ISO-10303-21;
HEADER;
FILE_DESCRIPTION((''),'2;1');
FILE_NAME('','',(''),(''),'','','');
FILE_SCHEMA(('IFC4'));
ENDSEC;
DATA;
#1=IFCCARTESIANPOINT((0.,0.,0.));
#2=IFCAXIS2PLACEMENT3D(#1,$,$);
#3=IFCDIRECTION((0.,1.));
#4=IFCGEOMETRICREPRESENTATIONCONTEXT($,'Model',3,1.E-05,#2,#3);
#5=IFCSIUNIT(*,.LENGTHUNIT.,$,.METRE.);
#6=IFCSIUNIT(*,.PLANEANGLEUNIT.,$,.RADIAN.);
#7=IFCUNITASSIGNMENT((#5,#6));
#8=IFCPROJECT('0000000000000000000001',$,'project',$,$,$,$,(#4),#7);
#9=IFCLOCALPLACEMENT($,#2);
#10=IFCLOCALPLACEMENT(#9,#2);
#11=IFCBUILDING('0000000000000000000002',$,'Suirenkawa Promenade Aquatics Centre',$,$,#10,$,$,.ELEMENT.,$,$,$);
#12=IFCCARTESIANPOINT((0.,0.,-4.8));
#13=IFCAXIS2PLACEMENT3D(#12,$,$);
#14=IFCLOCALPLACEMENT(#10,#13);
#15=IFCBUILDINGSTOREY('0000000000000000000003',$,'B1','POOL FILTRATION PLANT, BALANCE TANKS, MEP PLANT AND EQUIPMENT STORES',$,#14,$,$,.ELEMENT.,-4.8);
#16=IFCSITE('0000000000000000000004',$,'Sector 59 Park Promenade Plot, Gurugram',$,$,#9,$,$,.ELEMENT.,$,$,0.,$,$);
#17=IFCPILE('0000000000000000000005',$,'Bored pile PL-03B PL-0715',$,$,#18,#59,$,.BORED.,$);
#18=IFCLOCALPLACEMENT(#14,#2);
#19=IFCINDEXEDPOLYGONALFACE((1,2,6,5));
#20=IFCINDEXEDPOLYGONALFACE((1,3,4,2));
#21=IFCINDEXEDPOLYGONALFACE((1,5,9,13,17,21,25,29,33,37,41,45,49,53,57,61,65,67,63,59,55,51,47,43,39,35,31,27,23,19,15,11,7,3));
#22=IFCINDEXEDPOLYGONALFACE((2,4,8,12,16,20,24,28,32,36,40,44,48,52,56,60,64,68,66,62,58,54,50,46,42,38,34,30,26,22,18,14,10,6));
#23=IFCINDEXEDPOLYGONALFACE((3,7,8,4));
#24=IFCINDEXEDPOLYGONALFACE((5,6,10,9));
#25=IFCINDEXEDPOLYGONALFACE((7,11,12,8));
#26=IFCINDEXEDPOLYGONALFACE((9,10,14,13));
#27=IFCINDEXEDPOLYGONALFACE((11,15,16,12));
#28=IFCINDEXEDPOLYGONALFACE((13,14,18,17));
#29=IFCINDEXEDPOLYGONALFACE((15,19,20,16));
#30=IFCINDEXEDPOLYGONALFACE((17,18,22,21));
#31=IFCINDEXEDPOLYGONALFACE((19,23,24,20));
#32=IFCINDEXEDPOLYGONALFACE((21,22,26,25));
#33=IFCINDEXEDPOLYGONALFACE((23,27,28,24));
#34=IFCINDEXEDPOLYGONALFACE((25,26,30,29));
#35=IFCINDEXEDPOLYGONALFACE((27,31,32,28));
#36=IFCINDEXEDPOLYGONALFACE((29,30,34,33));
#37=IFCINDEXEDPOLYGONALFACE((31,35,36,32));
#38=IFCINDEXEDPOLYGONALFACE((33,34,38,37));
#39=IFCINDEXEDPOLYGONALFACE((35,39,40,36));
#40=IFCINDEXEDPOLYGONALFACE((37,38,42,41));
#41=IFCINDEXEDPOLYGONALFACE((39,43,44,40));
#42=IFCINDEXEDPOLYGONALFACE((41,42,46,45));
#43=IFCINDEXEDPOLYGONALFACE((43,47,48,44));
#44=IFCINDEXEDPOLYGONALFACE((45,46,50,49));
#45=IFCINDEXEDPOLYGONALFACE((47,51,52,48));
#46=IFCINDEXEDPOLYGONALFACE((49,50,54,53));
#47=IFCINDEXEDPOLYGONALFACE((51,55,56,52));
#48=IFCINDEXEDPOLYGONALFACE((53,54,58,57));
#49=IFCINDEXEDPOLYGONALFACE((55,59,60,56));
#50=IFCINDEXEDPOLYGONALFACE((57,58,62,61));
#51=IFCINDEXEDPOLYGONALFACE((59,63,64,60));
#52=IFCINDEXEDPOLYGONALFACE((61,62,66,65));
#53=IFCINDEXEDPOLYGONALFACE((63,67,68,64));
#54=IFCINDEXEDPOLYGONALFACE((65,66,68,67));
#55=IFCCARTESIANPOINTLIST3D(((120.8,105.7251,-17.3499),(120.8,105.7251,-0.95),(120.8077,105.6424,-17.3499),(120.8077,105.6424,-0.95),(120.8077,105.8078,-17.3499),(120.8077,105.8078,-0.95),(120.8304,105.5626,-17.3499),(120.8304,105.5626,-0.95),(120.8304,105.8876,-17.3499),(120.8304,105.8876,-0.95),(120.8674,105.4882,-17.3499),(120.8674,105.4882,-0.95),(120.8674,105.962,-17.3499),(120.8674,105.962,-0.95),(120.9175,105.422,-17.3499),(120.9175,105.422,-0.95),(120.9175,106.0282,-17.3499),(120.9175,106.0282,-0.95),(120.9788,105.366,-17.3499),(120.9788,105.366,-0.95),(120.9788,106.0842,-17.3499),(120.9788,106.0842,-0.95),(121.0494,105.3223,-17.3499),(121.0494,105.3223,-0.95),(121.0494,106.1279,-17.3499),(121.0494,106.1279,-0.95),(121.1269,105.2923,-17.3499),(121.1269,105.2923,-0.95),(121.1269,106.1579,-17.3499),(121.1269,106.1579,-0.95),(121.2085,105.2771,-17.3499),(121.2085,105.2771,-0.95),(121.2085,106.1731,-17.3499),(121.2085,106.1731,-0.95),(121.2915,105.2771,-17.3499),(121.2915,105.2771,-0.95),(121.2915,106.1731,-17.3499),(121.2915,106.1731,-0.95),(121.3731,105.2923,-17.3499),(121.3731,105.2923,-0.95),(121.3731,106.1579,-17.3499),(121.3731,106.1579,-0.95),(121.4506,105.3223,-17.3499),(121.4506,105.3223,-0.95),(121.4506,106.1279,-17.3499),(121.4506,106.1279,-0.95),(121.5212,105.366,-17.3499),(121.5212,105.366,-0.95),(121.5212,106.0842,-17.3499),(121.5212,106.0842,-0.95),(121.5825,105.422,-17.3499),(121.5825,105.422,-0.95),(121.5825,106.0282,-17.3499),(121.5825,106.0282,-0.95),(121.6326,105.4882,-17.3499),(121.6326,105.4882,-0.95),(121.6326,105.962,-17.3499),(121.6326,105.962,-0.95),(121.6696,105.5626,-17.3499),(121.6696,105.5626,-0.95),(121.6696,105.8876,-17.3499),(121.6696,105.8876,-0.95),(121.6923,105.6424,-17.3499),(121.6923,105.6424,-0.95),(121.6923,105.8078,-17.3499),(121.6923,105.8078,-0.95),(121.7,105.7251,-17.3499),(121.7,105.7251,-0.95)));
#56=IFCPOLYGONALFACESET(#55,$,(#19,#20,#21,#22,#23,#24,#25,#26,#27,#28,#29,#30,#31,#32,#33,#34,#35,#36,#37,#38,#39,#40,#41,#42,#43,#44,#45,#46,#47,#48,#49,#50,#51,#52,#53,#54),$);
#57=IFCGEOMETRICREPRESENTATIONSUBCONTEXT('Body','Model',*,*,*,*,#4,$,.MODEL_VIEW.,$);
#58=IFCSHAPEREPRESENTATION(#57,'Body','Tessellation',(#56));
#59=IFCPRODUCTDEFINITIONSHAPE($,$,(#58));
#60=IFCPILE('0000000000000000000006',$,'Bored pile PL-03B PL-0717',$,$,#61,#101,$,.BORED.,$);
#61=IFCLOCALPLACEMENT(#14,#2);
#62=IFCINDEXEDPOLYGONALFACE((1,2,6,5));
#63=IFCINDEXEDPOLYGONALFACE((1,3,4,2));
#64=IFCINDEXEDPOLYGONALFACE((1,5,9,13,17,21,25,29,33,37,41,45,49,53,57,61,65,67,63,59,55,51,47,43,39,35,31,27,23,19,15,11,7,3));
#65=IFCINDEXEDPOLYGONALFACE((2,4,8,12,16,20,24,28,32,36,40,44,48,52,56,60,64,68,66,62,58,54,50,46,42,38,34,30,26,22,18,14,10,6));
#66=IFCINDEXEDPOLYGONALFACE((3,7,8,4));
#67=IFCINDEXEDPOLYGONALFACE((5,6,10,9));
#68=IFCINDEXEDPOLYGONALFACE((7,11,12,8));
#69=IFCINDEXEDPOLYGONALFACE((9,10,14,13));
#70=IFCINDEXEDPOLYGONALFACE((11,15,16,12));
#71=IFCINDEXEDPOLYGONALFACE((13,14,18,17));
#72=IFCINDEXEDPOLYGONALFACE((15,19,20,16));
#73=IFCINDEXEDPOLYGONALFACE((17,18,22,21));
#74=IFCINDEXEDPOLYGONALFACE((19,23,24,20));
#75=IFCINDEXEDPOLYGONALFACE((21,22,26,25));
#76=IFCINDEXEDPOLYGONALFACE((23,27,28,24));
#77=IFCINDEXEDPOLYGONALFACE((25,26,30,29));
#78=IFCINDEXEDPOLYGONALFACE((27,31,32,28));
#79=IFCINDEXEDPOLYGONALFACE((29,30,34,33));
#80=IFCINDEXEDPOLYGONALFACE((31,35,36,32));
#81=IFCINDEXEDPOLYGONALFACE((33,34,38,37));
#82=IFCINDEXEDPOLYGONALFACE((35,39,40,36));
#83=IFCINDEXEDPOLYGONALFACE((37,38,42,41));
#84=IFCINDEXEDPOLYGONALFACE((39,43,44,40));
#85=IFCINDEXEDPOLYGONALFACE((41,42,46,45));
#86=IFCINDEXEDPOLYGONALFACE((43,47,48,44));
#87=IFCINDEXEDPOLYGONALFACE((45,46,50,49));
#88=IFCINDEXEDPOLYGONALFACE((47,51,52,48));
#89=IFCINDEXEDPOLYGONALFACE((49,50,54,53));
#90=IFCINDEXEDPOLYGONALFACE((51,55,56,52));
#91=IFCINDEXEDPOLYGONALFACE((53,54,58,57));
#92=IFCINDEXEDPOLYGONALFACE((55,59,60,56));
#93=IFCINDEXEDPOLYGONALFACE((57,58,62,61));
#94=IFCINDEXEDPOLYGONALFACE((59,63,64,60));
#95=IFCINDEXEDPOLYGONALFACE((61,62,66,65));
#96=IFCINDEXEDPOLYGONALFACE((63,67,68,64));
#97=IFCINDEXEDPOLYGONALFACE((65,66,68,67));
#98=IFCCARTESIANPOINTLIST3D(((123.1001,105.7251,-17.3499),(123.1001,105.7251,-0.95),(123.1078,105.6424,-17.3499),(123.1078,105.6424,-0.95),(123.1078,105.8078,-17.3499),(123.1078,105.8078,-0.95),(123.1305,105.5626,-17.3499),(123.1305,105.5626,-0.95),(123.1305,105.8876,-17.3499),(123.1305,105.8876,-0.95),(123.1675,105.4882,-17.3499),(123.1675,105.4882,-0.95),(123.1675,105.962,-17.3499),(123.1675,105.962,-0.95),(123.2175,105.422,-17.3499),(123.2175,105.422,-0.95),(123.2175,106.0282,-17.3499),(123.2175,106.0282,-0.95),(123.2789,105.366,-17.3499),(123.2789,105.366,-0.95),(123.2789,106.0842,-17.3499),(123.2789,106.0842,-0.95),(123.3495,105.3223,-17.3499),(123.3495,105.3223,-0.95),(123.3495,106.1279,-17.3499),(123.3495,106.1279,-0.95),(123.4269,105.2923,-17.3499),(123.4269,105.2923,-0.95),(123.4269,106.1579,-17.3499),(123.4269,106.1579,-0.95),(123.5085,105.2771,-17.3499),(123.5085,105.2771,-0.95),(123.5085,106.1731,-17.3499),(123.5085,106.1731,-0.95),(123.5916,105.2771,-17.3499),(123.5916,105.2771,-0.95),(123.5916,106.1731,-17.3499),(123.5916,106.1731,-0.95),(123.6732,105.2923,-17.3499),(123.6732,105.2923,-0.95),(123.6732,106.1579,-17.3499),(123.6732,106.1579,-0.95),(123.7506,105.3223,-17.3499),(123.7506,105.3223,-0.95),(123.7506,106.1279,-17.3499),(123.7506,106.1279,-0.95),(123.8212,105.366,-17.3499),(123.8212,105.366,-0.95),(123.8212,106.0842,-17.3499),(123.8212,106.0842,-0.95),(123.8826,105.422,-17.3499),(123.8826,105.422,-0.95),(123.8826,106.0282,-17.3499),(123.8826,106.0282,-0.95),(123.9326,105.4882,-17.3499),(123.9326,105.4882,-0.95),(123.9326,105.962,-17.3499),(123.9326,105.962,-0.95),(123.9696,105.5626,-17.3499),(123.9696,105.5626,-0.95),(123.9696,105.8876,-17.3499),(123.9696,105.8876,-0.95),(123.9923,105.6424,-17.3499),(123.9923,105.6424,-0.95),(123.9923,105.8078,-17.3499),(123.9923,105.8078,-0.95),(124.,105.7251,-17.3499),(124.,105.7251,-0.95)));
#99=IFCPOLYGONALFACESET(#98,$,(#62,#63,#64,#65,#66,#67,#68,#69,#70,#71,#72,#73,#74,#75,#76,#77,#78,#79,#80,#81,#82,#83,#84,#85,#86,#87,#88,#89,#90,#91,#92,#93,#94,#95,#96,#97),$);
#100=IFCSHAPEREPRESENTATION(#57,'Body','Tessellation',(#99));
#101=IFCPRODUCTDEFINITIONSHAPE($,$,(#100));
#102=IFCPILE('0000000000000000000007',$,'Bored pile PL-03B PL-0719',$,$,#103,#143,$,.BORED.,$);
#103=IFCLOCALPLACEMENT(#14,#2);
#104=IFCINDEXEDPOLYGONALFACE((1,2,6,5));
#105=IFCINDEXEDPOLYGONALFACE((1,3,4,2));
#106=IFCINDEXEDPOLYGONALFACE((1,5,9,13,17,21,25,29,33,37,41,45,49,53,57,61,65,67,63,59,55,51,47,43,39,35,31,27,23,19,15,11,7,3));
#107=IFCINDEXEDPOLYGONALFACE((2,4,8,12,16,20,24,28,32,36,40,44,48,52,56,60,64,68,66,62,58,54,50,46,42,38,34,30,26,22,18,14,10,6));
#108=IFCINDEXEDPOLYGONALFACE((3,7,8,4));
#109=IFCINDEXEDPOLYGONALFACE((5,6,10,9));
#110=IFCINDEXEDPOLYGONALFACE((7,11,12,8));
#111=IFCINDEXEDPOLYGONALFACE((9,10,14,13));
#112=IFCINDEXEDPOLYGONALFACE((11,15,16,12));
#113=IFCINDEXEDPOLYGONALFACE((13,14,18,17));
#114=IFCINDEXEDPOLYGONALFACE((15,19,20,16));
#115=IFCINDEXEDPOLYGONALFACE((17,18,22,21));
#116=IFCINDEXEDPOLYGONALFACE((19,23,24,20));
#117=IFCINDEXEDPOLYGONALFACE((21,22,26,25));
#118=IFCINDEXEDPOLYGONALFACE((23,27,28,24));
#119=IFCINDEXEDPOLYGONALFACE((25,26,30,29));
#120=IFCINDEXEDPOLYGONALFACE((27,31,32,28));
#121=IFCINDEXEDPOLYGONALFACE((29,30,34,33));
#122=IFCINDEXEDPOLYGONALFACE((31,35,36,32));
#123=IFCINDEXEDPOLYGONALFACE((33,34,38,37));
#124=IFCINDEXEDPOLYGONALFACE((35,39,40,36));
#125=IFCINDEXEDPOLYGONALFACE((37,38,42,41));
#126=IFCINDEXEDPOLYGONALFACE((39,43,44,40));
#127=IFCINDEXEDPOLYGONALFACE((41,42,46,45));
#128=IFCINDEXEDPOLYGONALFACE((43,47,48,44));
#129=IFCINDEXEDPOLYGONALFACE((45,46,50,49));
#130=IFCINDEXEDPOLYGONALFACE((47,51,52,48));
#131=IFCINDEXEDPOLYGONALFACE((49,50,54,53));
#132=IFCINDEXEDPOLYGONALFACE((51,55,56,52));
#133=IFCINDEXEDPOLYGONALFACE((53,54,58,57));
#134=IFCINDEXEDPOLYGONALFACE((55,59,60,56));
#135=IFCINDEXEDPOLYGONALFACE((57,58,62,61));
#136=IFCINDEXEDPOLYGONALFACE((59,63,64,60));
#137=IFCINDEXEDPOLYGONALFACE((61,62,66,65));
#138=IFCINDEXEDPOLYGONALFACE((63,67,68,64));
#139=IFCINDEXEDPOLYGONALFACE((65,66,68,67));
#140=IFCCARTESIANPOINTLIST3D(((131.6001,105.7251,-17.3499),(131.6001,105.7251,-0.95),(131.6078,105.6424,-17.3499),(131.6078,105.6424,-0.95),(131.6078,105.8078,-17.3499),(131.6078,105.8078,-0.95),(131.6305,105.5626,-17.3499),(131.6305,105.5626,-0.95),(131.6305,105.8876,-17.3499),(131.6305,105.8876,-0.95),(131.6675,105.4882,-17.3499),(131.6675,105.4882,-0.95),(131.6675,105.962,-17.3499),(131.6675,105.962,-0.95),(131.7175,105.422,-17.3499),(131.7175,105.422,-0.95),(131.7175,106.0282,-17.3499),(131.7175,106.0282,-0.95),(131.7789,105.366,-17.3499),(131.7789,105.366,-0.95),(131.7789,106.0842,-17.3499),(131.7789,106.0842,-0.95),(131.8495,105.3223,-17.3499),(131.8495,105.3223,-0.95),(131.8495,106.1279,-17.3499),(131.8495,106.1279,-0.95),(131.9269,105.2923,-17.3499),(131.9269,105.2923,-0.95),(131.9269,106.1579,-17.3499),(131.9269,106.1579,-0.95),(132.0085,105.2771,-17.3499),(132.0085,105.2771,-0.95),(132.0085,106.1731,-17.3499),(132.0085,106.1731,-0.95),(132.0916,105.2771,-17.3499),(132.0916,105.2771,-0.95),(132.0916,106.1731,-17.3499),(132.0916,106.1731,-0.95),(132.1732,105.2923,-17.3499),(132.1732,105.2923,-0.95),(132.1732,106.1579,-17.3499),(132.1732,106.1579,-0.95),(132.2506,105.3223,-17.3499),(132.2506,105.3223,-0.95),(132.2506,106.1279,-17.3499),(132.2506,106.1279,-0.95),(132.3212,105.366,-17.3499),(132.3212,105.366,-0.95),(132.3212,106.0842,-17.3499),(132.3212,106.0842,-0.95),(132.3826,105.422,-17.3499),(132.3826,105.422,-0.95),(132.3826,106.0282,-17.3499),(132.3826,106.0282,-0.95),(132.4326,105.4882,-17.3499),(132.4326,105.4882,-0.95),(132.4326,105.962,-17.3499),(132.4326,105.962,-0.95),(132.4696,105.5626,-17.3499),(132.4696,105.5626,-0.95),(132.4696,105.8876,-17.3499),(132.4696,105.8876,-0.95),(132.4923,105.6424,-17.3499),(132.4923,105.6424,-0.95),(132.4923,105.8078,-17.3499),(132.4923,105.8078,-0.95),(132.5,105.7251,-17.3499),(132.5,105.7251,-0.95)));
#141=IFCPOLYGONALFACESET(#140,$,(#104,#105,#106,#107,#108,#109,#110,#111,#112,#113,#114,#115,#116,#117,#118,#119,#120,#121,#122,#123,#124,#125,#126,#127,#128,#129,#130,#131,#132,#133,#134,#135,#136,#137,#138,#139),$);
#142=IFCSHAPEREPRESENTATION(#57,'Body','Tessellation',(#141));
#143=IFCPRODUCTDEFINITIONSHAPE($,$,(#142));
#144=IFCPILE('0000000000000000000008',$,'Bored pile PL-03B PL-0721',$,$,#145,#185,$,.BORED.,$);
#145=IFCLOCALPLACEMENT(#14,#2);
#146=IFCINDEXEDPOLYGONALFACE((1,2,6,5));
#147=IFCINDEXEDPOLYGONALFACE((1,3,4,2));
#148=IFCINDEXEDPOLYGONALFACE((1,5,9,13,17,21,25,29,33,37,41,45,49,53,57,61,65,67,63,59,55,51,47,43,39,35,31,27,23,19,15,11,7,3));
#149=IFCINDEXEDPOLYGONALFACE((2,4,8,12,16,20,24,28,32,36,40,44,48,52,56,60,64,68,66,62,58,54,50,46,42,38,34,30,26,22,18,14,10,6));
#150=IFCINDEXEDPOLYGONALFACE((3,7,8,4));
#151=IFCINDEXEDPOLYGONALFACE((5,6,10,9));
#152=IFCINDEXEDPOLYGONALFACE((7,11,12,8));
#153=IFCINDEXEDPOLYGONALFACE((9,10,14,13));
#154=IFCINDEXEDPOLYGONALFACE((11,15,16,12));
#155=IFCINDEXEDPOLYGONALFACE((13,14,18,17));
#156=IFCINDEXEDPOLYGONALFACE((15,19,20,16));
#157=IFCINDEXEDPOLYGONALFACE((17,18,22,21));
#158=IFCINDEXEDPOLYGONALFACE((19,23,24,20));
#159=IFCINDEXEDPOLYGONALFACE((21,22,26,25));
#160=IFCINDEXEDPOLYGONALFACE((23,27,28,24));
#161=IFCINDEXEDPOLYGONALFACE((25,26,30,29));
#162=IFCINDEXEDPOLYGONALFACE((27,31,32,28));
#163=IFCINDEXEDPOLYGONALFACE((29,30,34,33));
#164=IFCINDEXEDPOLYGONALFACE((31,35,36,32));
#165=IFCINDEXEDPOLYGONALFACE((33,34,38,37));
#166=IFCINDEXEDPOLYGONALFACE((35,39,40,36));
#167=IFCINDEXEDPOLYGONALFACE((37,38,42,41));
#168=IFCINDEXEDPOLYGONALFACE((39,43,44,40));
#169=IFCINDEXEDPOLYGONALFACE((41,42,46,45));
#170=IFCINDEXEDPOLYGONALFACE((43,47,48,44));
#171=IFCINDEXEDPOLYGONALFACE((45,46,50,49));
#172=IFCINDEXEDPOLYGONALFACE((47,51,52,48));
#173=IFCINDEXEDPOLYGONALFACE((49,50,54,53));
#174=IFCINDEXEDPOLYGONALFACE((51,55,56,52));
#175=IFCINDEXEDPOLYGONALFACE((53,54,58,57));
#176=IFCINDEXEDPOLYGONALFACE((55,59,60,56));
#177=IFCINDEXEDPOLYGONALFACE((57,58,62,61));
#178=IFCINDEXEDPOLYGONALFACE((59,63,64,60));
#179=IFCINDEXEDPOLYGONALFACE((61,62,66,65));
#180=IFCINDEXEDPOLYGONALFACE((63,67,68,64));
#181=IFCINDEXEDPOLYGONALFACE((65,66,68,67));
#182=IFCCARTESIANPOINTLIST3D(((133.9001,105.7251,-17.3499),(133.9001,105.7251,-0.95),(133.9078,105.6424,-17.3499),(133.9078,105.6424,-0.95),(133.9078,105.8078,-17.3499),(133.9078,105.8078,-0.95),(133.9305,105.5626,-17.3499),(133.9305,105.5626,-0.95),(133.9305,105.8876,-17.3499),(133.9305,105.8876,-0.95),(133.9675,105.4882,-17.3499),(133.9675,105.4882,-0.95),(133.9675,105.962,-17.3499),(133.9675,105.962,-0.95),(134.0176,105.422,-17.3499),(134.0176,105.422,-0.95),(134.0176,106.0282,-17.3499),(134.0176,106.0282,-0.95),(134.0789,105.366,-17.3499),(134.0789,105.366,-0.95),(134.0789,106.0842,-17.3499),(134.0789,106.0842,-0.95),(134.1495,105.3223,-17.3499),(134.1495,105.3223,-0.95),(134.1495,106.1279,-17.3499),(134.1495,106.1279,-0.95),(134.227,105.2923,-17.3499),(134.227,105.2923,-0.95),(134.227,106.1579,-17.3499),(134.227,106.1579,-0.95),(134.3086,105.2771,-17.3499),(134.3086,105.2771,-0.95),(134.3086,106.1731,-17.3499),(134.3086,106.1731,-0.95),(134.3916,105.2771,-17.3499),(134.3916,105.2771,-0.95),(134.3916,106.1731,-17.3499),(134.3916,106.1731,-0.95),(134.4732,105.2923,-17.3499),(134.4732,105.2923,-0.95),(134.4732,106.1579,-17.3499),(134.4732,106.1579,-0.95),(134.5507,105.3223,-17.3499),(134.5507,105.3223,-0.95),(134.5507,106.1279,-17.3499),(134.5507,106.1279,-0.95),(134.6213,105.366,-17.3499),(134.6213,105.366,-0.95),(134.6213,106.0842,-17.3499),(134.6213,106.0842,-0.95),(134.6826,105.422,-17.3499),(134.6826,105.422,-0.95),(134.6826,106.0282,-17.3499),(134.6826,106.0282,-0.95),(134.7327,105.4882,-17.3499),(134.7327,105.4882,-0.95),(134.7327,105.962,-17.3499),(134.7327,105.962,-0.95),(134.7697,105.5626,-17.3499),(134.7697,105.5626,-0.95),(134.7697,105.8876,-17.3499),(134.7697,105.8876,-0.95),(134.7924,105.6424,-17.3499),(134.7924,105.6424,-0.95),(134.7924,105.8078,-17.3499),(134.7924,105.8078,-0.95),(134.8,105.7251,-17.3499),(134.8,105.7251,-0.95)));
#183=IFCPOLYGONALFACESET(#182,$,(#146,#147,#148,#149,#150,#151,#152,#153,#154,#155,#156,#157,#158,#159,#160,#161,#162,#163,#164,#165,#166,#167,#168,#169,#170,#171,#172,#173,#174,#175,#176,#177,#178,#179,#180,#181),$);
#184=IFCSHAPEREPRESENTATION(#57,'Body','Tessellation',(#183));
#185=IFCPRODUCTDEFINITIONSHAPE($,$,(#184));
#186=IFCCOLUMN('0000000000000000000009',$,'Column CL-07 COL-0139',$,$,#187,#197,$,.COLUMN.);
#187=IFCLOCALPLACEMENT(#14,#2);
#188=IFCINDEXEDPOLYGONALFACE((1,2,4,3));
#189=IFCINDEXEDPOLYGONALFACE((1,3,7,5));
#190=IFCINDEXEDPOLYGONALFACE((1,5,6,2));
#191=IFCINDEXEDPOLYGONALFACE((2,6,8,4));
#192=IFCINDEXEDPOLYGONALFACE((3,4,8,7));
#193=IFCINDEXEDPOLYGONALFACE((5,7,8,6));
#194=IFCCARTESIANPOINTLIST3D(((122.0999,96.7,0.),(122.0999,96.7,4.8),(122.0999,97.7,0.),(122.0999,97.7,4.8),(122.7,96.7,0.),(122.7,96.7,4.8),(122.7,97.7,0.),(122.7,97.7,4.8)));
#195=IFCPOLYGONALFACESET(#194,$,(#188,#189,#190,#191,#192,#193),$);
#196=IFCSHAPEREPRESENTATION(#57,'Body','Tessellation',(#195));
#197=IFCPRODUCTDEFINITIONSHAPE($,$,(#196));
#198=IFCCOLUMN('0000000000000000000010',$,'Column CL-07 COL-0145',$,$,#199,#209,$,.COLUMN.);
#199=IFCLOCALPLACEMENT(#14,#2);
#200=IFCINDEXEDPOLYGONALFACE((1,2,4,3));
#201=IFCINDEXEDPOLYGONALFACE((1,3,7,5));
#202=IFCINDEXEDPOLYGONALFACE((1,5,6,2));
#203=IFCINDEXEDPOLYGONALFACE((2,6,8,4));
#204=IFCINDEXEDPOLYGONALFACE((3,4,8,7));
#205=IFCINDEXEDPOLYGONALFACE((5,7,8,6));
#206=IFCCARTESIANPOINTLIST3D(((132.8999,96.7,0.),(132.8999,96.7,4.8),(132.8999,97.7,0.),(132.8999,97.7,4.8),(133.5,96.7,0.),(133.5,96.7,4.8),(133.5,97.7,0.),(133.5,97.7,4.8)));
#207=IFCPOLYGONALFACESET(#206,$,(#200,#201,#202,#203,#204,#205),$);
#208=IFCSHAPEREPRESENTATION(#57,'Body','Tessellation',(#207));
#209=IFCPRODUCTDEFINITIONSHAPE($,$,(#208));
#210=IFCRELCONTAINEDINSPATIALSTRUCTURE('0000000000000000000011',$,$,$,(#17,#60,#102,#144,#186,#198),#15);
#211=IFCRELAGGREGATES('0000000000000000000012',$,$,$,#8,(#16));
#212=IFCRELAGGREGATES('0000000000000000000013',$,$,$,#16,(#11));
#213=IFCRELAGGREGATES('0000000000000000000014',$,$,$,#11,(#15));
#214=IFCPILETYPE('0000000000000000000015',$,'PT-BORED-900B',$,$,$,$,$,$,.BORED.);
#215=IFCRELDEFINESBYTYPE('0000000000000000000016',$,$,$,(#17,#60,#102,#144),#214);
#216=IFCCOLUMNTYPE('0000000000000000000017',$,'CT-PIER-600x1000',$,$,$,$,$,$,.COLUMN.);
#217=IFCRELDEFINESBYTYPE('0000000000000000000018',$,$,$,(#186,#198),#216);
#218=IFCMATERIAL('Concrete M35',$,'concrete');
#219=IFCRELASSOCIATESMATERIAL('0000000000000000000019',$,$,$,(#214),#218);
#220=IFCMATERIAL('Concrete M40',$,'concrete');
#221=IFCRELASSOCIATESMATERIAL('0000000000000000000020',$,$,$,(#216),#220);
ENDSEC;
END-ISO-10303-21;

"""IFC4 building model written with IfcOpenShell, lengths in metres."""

from ifc_helpers import new_model, si_unit, direction, frame, origin, origin_2d, place, context, subcontext, project, spatial, rectangle, circle, extrude, material, material_profile, profile_set, type_object, element, save


model = new_model("IFC4")

# Units and contexts
model_context = context("Model", 3, precision=1e-05, world=origin(), true_north=direction((0.0, 1.0)))
body_context = subcontext(model_context, "Body", "Model", "MODEL_VIEW")
ifc_project = project(units=[si_unit("LENGTHUNIT", "METRE"), si_unit("PLANEANGLEUNIT", "RADIAN")], contexts=[model_context])

# Site, building, storey
site_placement = place(None, origin())
site = spatial("IfcSite", under=ifc_project, at=site_placement, Name="Sector 59 Park Promenade Plot, Gurugram", CompositionType="ELEMENT", RefElevation=0.0)
building_placement = place(site_placement, origin())
building = spatial("IfcBuilding", under=site, at=building_placement, Name="Suirenkawa Promenade Aquatics Centre", CompositionType="ELEMENT")
storey_placement = place(building_placement, frame((0.0, 0.0, -4.8)))
storey = spatial("IfcBuildingStorey", under=building, at=storey_placement, Name="B1", Description="POOL FILTRATION PLANT, BALANCE TANKS, MEP PLANT AND EQUIPMENT STORES", CompositionType="ELEMENT", Elevation=-4.8)

# Shared definitions
ifc_material_1 = material(Name="Concrete M35", Category="concrete")

# Piles
ifc_material_profile_1 = material_profile(ifc_material_1, circle(Radius=0.45, at=origin_2d()), Name="PILE D900", Category="concrete")
ifc_profile_set_1 = profile_set([ifc_material_profile_1], Name="Concrete M35")
pile_type_1 = type_object("IfcPileType", Name="PT-BORED-900B", PredefinedType="BORED", material=ifc_profile_set_1)
for number, where, z_axis, x_axis, name in (
    (1, (121.25, 105.7251, -0.95), (0.0, 0.0, -1.0), (1.0, 0.0, 0.0), "Bored pile PL-03B PL-0715"),
    (2, (123.55, 105.7251, -0.95), (0.0, 0.0, -1.0), (1.0, 0.0, 0.0), "Bored pile PL-03B PL-0717"),
    (3, (132.05, 105.7251, -0.95), (0.0, 0.0, -1.0), (1.0, 0.0, 0.0), "Bored pile PL-03B PL-0719"),
    (4, (134.3501, 105.7251, -0.95), (0.0, 0.0, -1.0), (1.0, 0.0, 0.0), "Bored pile PL-03B PL-0721"),
):
    element("IfcPile", number, at=place(storey_placement, frame(where, z_axis=z_axis, x_axis=x_axis)), inside=storey, type_object=pile_type_1, Name=name, PredefinedType="BORED", context=body_context, shape_type="SweptSolid", body=[
        extrude(circle(Radius=0.45, at=origin_2d()), origin(), (0.0, 0.0, 1.0), 16.3999),
    ])

# Columns
ifc_material_2 = material(Name="Concrete M40", Category="concrete")
ifc_material_profile_2 = material_profile(ifc_material_2, rectangle(XDim=0.6001, YDim=1.0, at=origin_2d()), Name="RC PIER 600x1000", Category="concrete")
ifc_profile_set_2 = profile_set([ifc_material_profile_2], Name="Concrete M40")
column_type_1 = type_object("IfcColumnType", Name="CT-PIER-600x1000", PredefinedType="COLUMN", material=ifc_profile_set_2)
for number, where, z_axis, x_axis, name in (
    (5, (122.3999, 97.2, 0.0), (0.0, 0.0, 1.0), (1.0, 0.0, 0.0), "Column CL-07 COL-0139"),
    (6, (133.2, 97.2, 0.0), (0.0, 0.0, 1.0), (1.0, 0.0, 0.0), "Column CL-07 COL-0145"),
):
    element("IfcColumn", number, at=place(storey_placement, frame(where, z_axis=z_axis, x_axis=x_axis)), inside=storey, type_object=column_type_1, Name=name, PredefinedType="COLUMN", context=body_context, shape_type="SweptSolid", body=[
        extrude(rectangle(XDim=0.6001, YDim=1.0, at=origin_2d()), origin(), (0.0, 0.0, 1.0), 4.8),
    ])

save(model, "model.ifc")
